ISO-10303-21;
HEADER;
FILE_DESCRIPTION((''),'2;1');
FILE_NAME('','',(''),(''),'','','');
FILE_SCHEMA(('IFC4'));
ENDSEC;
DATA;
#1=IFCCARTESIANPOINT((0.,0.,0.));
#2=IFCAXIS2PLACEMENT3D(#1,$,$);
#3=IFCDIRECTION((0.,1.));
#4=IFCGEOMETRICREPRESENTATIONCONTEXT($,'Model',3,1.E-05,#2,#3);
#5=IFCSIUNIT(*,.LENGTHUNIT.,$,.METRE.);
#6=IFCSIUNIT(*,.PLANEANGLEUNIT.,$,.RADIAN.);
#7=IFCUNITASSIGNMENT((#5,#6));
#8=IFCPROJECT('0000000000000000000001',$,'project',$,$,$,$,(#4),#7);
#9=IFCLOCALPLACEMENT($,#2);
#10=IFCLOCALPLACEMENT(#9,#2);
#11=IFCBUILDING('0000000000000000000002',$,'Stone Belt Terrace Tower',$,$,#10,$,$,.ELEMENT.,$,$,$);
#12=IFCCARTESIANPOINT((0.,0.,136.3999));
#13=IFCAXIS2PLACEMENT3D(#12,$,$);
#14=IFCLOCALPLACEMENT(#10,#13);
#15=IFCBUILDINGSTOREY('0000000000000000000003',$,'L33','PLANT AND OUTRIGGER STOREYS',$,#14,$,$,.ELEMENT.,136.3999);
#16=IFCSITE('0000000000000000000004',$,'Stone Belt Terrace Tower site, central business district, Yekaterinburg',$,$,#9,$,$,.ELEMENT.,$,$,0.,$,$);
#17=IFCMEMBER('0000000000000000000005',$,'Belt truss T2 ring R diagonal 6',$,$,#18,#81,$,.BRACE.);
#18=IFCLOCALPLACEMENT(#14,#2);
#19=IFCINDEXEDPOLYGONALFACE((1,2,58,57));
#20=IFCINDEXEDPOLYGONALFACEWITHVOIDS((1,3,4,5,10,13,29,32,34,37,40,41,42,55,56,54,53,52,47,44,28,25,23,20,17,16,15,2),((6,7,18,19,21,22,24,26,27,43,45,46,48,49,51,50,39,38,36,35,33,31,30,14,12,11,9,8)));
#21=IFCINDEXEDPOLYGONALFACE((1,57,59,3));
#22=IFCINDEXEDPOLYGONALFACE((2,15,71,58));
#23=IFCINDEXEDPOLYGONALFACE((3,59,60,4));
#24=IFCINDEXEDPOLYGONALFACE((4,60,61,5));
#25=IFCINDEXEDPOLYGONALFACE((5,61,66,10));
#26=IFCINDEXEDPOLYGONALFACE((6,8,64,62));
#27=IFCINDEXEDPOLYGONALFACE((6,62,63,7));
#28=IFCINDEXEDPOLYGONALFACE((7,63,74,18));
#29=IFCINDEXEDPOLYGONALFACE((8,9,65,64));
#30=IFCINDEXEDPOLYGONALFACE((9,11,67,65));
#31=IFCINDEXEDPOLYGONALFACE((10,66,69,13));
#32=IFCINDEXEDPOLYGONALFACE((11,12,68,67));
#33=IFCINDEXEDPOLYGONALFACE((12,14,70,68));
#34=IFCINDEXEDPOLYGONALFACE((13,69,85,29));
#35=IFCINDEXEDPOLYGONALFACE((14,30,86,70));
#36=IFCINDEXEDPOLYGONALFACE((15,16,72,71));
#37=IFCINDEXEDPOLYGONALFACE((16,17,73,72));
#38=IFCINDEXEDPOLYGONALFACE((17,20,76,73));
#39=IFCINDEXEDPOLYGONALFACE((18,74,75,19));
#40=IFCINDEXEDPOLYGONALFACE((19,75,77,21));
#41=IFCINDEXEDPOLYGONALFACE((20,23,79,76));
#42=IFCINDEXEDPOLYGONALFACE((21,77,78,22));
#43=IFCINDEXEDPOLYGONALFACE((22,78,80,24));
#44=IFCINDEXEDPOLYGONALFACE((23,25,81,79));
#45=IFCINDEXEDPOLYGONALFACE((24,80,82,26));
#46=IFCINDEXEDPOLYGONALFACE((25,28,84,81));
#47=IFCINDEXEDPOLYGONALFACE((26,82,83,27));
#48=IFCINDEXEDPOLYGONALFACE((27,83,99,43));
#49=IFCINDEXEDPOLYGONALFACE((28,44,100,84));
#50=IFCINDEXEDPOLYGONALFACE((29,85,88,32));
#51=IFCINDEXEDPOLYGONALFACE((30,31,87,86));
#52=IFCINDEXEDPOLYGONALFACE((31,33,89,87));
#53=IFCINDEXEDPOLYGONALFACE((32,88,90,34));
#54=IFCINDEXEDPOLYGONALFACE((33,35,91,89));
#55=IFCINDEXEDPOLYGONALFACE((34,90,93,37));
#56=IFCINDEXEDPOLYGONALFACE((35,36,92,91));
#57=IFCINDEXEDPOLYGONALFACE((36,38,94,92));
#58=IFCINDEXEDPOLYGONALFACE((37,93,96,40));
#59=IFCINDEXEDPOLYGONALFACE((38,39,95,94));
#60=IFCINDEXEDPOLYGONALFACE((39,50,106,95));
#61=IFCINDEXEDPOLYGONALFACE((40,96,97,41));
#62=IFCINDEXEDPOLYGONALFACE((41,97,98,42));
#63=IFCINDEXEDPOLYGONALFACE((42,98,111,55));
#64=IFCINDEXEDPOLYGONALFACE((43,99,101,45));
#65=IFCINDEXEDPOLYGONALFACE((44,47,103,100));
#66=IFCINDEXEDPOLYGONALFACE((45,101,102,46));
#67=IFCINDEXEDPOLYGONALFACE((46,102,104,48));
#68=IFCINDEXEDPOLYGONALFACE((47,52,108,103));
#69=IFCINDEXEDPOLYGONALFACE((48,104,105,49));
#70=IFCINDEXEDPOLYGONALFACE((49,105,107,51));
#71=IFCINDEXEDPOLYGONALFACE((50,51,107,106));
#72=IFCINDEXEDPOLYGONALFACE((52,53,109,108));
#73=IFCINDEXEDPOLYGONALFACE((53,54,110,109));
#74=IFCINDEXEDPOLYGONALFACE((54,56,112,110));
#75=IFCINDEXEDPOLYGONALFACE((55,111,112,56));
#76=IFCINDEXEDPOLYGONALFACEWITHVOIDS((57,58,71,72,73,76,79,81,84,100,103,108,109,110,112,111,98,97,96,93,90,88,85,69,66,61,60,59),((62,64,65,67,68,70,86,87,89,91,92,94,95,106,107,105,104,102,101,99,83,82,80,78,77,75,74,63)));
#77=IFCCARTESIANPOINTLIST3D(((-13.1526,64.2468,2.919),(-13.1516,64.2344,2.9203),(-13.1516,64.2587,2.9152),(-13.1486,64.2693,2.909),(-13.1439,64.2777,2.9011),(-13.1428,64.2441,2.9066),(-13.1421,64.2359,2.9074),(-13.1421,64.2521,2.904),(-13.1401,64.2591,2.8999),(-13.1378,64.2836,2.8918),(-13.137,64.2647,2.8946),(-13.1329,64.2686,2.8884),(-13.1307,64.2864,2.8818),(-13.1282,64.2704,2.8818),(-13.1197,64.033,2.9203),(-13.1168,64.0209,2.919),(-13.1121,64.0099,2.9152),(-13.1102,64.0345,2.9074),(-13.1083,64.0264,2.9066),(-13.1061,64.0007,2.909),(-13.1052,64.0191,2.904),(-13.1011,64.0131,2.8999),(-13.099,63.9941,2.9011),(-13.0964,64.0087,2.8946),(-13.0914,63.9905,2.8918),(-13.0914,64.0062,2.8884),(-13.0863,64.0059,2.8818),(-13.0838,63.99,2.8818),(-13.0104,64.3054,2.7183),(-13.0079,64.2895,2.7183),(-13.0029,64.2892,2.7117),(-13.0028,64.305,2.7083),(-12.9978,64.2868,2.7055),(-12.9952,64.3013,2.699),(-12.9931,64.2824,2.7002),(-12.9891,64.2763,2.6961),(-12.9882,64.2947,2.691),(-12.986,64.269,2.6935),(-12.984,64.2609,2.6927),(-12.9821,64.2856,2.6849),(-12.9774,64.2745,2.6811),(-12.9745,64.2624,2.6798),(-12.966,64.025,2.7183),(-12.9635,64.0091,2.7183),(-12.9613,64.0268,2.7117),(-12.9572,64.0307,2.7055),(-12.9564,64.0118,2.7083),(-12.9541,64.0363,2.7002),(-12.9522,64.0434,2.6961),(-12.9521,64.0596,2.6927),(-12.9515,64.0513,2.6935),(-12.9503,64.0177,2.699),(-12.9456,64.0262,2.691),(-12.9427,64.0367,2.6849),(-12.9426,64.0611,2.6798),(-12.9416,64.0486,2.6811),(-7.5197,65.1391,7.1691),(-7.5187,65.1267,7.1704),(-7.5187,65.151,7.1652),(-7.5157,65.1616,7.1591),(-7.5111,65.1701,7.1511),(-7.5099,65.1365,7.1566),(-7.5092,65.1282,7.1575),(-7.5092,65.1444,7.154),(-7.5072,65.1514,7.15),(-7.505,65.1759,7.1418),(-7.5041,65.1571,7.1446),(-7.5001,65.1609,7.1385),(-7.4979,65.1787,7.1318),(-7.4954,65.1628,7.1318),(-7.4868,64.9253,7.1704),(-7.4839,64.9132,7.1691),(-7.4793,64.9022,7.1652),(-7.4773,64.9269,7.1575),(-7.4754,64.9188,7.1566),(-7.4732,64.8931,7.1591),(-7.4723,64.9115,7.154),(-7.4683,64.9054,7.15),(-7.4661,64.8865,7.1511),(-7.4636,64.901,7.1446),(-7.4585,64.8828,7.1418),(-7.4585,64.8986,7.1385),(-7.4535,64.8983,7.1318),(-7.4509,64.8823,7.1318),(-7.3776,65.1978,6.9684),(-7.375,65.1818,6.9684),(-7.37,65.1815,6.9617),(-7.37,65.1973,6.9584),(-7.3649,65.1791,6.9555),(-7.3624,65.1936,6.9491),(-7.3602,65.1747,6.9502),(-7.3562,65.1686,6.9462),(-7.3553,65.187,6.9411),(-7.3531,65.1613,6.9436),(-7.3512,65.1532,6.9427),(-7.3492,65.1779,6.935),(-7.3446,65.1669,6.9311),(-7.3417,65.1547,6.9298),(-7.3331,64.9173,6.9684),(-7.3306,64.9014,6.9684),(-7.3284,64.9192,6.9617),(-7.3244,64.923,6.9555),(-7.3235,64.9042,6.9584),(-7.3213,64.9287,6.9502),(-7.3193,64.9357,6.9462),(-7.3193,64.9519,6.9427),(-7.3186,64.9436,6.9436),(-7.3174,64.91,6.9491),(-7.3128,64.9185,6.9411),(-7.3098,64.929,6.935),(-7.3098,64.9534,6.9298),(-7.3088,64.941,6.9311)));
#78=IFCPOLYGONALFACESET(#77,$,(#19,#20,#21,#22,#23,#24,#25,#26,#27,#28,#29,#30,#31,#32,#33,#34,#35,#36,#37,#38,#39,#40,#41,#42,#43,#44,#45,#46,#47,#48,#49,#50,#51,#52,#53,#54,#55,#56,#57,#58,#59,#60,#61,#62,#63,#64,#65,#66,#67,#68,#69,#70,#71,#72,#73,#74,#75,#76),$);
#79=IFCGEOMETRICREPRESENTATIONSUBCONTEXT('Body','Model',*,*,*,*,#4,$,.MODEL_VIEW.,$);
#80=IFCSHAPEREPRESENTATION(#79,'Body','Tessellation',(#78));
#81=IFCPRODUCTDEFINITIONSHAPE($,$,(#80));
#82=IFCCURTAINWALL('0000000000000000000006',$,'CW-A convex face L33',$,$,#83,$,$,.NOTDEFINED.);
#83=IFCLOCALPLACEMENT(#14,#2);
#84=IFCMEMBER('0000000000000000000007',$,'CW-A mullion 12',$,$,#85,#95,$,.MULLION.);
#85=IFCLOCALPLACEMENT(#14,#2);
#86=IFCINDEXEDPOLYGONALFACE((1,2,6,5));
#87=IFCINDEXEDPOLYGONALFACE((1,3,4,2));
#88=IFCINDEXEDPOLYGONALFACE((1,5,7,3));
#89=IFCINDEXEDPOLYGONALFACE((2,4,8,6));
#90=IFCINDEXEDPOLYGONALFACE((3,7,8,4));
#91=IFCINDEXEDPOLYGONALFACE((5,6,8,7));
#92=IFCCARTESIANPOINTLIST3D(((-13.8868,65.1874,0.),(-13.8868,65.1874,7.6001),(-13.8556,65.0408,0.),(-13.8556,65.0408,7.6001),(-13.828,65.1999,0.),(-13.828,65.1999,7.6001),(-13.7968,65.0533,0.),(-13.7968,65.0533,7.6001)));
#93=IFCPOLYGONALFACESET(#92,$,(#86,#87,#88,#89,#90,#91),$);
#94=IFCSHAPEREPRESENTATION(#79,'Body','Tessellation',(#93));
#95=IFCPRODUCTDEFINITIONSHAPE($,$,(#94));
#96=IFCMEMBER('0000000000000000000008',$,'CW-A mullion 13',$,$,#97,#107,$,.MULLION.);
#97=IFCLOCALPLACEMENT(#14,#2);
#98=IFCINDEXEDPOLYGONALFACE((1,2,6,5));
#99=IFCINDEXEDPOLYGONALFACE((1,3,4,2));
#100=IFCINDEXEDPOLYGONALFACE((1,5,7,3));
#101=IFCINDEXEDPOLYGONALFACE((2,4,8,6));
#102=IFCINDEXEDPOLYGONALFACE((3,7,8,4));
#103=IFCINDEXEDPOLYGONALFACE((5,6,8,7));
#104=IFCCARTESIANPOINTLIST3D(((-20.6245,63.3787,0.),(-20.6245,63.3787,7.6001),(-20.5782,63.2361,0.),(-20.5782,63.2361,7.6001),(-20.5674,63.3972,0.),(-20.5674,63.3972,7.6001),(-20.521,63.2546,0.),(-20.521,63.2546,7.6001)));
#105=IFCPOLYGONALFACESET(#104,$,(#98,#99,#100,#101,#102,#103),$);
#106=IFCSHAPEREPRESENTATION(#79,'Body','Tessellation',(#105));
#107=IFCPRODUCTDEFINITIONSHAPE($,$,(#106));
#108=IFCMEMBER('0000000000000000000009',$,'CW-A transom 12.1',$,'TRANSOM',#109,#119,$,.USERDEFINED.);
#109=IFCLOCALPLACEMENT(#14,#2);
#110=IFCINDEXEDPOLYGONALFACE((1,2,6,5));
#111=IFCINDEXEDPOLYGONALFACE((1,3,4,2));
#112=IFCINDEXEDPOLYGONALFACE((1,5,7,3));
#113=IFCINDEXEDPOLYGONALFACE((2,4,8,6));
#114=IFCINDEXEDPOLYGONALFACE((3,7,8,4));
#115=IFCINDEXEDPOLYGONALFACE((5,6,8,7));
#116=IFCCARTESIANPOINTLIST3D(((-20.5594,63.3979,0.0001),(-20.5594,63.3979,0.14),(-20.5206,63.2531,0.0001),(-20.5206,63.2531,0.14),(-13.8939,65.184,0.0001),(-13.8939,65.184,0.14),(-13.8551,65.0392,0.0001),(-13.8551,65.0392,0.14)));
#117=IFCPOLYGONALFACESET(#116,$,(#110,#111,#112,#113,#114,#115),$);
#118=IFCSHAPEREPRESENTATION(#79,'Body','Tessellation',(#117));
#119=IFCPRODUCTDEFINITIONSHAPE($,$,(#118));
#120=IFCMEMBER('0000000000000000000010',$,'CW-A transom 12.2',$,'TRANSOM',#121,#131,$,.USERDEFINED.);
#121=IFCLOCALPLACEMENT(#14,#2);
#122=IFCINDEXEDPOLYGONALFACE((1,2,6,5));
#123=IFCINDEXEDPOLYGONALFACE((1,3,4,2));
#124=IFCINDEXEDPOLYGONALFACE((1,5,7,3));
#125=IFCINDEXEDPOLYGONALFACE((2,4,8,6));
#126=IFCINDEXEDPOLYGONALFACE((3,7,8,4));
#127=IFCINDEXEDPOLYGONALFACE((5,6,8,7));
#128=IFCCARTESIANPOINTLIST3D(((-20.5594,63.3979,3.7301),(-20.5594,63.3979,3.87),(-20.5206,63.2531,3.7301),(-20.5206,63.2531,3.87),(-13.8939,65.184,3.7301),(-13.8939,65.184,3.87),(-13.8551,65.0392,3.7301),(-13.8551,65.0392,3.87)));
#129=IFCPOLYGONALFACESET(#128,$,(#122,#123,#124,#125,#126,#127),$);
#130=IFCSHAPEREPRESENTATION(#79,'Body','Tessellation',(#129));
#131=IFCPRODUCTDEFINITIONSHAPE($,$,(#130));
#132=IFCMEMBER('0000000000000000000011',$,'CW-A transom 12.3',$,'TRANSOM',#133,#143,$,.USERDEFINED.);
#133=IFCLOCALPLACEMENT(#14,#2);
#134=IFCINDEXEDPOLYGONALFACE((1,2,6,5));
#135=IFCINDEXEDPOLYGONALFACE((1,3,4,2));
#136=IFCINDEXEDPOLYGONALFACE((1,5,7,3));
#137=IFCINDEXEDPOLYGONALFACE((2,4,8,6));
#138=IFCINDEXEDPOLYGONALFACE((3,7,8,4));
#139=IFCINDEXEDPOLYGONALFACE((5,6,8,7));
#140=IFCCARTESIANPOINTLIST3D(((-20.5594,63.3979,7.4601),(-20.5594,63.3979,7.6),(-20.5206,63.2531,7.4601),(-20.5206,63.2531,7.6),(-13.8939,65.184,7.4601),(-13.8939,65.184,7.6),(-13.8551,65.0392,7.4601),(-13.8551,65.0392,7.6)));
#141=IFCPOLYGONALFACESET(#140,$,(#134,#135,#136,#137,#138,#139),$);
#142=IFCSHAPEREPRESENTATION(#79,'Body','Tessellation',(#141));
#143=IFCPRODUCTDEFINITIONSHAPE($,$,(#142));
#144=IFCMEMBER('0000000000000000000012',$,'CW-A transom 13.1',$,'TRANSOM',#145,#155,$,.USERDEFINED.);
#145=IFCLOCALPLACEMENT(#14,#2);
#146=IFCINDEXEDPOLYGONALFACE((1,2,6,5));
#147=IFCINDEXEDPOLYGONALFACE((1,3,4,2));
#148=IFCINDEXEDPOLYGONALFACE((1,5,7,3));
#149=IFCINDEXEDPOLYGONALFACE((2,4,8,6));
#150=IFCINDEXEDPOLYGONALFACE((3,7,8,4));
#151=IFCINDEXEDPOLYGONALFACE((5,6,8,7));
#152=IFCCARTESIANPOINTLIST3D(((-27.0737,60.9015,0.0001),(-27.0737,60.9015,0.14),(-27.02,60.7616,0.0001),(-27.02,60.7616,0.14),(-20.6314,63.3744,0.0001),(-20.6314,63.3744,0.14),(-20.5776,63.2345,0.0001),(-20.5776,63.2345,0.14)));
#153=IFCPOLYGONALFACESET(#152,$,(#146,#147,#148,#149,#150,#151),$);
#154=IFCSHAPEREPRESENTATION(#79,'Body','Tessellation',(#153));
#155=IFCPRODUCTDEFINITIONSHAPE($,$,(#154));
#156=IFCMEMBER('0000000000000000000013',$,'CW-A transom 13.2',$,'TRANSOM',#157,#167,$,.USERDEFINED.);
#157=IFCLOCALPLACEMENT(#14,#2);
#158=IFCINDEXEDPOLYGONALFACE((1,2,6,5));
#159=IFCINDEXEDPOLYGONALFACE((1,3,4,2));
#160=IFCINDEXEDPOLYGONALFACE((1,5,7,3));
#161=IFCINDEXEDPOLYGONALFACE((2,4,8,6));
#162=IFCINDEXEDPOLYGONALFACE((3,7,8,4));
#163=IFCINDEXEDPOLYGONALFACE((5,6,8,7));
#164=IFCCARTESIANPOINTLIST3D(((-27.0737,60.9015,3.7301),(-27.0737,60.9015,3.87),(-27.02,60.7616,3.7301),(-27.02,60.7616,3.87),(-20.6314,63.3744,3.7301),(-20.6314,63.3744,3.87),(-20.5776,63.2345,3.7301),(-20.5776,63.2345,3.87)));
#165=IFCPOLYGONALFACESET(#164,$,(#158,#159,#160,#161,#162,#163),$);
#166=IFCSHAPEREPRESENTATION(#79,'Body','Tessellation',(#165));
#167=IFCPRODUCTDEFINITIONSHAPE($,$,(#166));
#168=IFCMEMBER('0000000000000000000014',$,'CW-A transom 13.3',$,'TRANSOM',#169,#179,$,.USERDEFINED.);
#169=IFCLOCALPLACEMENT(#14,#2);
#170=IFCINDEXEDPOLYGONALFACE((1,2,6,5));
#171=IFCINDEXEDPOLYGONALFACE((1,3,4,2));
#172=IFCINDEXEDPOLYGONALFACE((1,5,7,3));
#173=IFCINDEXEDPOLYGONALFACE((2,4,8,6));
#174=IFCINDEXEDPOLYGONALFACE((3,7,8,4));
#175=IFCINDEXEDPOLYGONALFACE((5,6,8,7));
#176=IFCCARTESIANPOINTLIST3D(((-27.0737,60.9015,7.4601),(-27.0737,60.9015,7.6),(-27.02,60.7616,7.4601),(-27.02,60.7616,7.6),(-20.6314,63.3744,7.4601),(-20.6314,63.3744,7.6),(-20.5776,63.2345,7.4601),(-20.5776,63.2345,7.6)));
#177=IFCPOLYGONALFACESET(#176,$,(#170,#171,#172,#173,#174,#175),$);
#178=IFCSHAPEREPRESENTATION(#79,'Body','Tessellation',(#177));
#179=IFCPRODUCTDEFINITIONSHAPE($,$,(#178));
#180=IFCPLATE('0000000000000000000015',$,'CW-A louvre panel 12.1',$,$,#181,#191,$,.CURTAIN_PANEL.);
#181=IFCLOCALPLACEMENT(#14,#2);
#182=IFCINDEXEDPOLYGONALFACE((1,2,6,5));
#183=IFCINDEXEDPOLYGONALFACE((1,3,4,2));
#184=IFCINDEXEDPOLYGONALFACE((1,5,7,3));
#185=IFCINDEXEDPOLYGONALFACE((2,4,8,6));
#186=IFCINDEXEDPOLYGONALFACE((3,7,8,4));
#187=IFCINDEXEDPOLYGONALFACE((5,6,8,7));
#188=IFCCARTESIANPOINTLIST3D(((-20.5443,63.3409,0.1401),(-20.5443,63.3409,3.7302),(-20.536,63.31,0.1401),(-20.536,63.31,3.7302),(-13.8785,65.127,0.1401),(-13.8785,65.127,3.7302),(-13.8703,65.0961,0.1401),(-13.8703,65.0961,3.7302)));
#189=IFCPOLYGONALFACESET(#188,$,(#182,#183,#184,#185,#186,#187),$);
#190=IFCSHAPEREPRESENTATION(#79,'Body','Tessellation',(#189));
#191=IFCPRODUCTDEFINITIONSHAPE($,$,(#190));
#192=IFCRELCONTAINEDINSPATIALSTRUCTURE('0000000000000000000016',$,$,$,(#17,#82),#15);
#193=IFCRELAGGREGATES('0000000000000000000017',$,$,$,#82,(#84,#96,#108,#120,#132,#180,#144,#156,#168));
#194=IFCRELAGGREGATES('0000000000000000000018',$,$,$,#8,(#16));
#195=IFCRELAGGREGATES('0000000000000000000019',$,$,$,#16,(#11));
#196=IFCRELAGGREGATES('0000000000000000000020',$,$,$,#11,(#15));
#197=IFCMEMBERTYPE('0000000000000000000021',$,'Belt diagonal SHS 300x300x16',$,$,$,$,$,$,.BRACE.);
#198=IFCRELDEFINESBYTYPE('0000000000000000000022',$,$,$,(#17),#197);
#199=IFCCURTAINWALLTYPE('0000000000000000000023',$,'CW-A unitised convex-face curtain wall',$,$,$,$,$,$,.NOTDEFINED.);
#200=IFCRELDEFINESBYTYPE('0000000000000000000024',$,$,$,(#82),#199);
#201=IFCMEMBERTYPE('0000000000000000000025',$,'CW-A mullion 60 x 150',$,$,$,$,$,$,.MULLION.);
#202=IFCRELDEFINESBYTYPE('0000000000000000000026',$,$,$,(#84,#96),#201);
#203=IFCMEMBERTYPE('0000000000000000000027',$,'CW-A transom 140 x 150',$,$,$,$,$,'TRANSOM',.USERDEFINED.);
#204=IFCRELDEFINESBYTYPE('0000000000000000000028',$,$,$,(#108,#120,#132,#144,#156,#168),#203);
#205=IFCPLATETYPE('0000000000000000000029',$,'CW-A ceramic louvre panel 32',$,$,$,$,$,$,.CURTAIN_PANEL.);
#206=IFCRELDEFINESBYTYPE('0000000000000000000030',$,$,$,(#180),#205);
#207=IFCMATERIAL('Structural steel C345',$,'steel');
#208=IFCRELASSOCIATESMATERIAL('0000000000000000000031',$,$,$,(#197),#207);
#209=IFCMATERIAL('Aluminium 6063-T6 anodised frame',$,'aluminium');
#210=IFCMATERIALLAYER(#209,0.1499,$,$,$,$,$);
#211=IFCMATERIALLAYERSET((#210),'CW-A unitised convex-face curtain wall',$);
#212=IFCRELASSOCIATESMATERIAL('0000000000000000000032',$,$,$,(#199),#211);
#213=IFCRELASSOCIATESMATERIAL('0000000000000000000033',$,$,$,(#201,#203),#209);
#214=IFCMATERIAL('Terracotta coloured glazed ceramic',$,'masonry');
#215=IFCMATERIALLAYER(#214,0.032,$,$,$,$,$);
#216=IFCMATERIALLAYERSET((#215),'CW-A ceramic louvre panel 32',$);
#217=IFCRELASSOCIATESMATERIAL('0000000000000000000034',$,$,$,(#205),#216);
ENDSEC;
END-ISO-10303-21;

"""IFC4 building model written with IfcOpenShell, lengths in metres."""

from ifc_helpers import new_model, si_unit, direction, frame, origin, origin_2d, place, context, subcontext, project, spatial, rectangle, hollow_rectangle, extrude, material, layer, layer_set, material_profile, profile_set, type_object, element, aggregate, save


model = new_model("IFC4")

# Units and contexts
model_context = context("Model", 3, precision=1e-05, world=origin(), true_north=direction((0.0, 1.0)))
body_context = subcontext(model_context, "Body", "Model", "MODEL_VIEW")
ifc_project = project(units=[si_unit("LENGTHUNIT", "METRE"), si_unit("PLANEANGLEUNIT", "RADIAN")], contexts=[model_context])

# Site, building, storey
site_placement = place(None, origin())
site = spatial("IfcSite", under=ifc_project, at=site_placement, Name="Stone Belt Terrace Tower site, central business district, Yekaterinburg", CompositionType="ELEMENT", RefElevation=0.0)
building_placement = place(site_placement, origin())
building = spatial("IfcBuilding", under=site, at=building_placement, Name="Stone Belt Terrace Tower", CompositionType="ELEMENT")
storey_placement = place(building_placement, frame((0.0, 0.0, 136.3999)))
storey = spatial("IfcBuildingStorey", under=building, at=storey_placement, Name="L33", Description="PLANT AND OUTRIGGER STOREYS", CompositionType="ELEMENT", Elevation=136.3999)

# Member
ifc_material_1 = material(Name="Structural steel C345", Category="steel")
ifc_material_profile_1 = material_profile(ifc_material_1, hollow_rectangle(XDim=0.3, YDim=0.3, WallThickness=0.0161, InnerFilletRadius=0.032, OuterFilletRadius=0.0481, at=origin_2d()), Name="SHS 300x300x16")
ifc_profile_set_1 = profile_set([ifc_material_profile_1], Name="Structural steel C345")
member_type_1 = type_object("IfcMemberType", Name="Belt diagonal SHS 300x300x16", PredefinedType="BRACE", material=ifc_profile_set_1)
for number, where, z_axis, x_axis, name in (
    (1, (-13.0471, 64.1477, 2.8), (0.791962, 0.12546, 0.597541), (-0.156466, 0.987683, 0.0), "Belt truss T2 ring R diagonal 6"),
):
    element("IfcMember", number, at=place(storey_placement, frame(where, z_axis=z_axis, x_axis=x_axis)), inside=storey, type_object=member_type_1, Name=name, PredefinedType="BRACE", context=body_context, shape_type="SweptSolid", body=[
        extrude(hollow_rectangle(XDim=0.3, YDim=0.3, WallThickness=0.0161, InnerFilletRadius=0.032, OuterFilletRadius=0.0481, at=origin_2d()), origin(), (0.0, 0.0, 1.0), 7.1125),
    ])

# Curtain wall, members, plate
ifc_material_2 = material(Name="Aluminium 6063-T6 anodised frame", Category="aluminium")
ifc_layer_1 = layer(ifc_material_2, 0.1499)
ifc_layer_set_1 = layer_set([ifc_layer_1], Name="CW-A unitised convex-face curtain wall")
curtain_wall_type = type_object("IfcCurtainWallType", Name="CW-A unitised convex-face curtain wall", PredefinedType="NOTDEFINED", material=ifc_layer_set_1)
curtain_wall_placement = place(storey_placement, origin())
curtain_wall = element("IfcCurtainWall", 2, at=curtain_wall_placement, inside=storey, type_object=curtain_wall_type, Name="CW-A convex face L33", PredefinedType="NOTDEFINED")
ifc_material_profile_2 = material_profile(ifc_material_2, rectangle(XDim=0.1499, YDim=0.0601, at=origin_2d()), Name="Aluminium 6063-T6 60x150")
ifc_profile_set_2 = profile_set([ifc_material_profile_2], Name="Aluminium 6063-T6 anodised frame")
member_type_2 = type_object("IfcMemberType", Name="CW-A mullion 60 x 150", PredefinedType="MULLION", material=ifc_profile_set_2)
member_1_placement = place(storey_placement, frame((-13.8418, 65.1204, 0.0), z_axis=(0.0, 0.0, 1.0), x_axis=(0.207912, -0.978148, 0.0)))
member_1 = element("IfcMember", 3, at=member_1_placement, type_object=member_type_2, Name="CW-A mullion 12", PredefinedType="MULLION", context=body_context, shape_type="SweptSolid", body=[
    extrude(rectangle(XDim=0.1499, YDim=0.0601, at=origin_2d()), origin(), (0.0, 0.0, 1.0), 7.6001),
])
member_2_placement = place(storey_placement, frame((-20.5728, 63.3167, 0.0), z_axis=(0.0, 0.0, 1.0), x_axis=(0.309017, -0.951057, 0.0)))
member_2 = element("IfcMember", 4, at=member_2_placement, type_object=member_type_2, Name="CW-A mullion 13", PredefinedType="MULLION", context=body_context, shape_type="SweptSolid", body=[
    extrude(rectangle(XDim=0.1499, YDim=0.0601, at=origin_2d()), origin(), (0.0, 0.0, 1.0), 7.6001),
])
ifc_material_profile_3 = material_profile(ifc_material_2, rectangle(XDim=0.1499, YDim=0.1399, at=origin_2d()), Name="Aluminium 6063-T6 150x140")
ifc_profile_set_3 = profile_set([ifc_material_profile_3], Name="Aluminium 6063-T6 anodised frame")
member_type_3 = type_object("IfcMemberType", Name="CW-A transom 140 x 150", ElementType="TRANSOM", PredefinedType="USERDEFINED", material=ifc_profile_set_3)
member_3_placement = place(storey_placement, frame((-13.8745, 65.1116, 0.0701), z_axis=(-0.965922, -0.258834, 0.0), x_axis=(0.258834, -0.965922, 0.0)))
member_3 = element("IfcMember", 5, at=member_3_placement, type_object=member_type_3, Name="CW-A transom 12.1", ObjectType="TRANSOM", PredefinedType="USERDEFINED", context=body_context, shape_type="SweptSolid", body=[
    extrude(rectangle(XDim=0.1499, YDim=0.1399, at=origin_2d()), origin(), (0.0, 0.0, 1.0), 6.9006),
])
member_4_placement = place(storey_placement, frame((-13.8745, 65.1116, 3.8), z_axis=(-0.965922, -0.258834, 0.0), x_axis=(0.258834, -0.965922, 0.0)))
member_4 = element("IfcMember", 6, at=member_4_placement, type_object=member_type_3, Name="CW-A transom 12.2", ObjectType="TRANSOM", PredefinedType="USERDEFINED", context=body_context, shape_type="SweptSolid", body=[
    extrude(rectangle(XDim=0.1499, YDim=0.1399, at=origin_2d()), origin(), (0.0, 0.0, 1.0), 6.9006),
])
member_5_placement = place(storey_placement, frame((-13.8745, 65.1116, 7.53), z_axis=(-0.965922, -0.258834, 0.0), x_axis=(0.258834, -0.965922, 0.0)))
member_5 = element("IfcMember", 7, at=member_5_placement, type_object=member_type_3, Name="CW-A transom 12.3", ObjectType="TRANSOM", PredefinedType="USERDEFINED", context=body_context, shape_type="SweptSolid", body=[
    extrude(rectangle(XDim=0.1499, YDim=0.1399, at=origin_2d()), origin(), (0.0, 0.0, 1.0), 6.9006),
])
member_6_placement = place(storey_placement, frame((-20.6045, 63.3044, 0.0701), z_axis=(-0.933585, -0.358355, 0.0), x_axis=(0.358355, -0.933585, 0.0)))
member_6 = element("IfcMember", 8, at=member_6_placement, type_object=member_type_3, Name="CW-A transom 13.1", ObjectType="TRANSOM", PredefinedType="USERDEFINED", context=body_context, shape_type="SweptSolid", body=[
    extrude(rectangle(XDim=0.1499, YDim=0.1399, at=origin_2d()), origin(), (0.0, 0.0, 1.0), 6.9006),
])
member_7_placement = place(storey_placement, frame((-20.6045, 63.3044, 3.8), z_axis=(-0.933585, -0.358355, 0.0), x_axis=(0.358355, -0.933585, 0.0)))
member_7 = element("IfcMember", 9, at=member_7_placement, type_object=member_type_3, Name="CW-A transom 13.2", ObjectType="TRANSOM", PredefinedType="USERDEFINED", context=body_context, shape_type="SweptSolid", body=[
    extrude(rectangle(XDim=0.1499, YDim=0.1399, at=origin_2d()), origin(), (0.0, 0.0, 1.0), 6.9006),
])
member_8_placement = place(storey_placement, frame((-20.6045, 63.3044, 7.53), z_axis=(-0.933585, -0.358355, 0.0), x_axis=(0.358355, -0.933585, 0.0)))
member_8 = element("IfcMember", 10, at=member_8_placement, type_object=member_type_3, Name="CW-A transom 13.3", ObjectType="TRANSOM", PredefinedType="USERDEFINED", context=body_context, shape_type="SweptSolid", body=[
    extrude(rectangle(XDim=0.1499, YDim=0.1399, at=origin_2d()), origin(), (0.0, 0.0, 1.0), 6.9006),
])
ifc_material_3 = material(Name="Terracotta coloured glazed ceramic", Category="masonry")
ifc_layer_2 = layer(ifc_material_3, 0.032)
ifc_layer_set_2 = layer_set([ifc_layer_2], Name="CW-A ceramic louvre panel 32")
plate_type = type_object("IfcPlateType", Name="CW-A ceramic louvre panel 32", PredefinedType="CURTAIN_PANEL", material=ifc_layer_set_2)
plate_1_placement = place(storey_placement, frame((-17.2073, 64.2185, 0.1401), z_axis=(0.0, 0.0, 1.0), x_axis=(-0.965926, -0.258819, 0.0)))
plate_1 = element("IfcPlate", 11, at=plate_1_placement, type_object=plate_type, Name="CW-A louvre panel 12.1", PredefinedType="CURTAIN_PANEL", context=body_context, shape_type="SweptSolid", body=[
    extrude(rectangle(XDim=6.9009, YDim=0.032, at=origin_2d()), origin(), (0.0, 0.0, 1.0), 3.5901),
])
aggregate(curtain_wall, [member_1, member_2, member_3, member_4, member_5, plate_1, member_6, member_7, member_8])

save(model, "model.ifc")
